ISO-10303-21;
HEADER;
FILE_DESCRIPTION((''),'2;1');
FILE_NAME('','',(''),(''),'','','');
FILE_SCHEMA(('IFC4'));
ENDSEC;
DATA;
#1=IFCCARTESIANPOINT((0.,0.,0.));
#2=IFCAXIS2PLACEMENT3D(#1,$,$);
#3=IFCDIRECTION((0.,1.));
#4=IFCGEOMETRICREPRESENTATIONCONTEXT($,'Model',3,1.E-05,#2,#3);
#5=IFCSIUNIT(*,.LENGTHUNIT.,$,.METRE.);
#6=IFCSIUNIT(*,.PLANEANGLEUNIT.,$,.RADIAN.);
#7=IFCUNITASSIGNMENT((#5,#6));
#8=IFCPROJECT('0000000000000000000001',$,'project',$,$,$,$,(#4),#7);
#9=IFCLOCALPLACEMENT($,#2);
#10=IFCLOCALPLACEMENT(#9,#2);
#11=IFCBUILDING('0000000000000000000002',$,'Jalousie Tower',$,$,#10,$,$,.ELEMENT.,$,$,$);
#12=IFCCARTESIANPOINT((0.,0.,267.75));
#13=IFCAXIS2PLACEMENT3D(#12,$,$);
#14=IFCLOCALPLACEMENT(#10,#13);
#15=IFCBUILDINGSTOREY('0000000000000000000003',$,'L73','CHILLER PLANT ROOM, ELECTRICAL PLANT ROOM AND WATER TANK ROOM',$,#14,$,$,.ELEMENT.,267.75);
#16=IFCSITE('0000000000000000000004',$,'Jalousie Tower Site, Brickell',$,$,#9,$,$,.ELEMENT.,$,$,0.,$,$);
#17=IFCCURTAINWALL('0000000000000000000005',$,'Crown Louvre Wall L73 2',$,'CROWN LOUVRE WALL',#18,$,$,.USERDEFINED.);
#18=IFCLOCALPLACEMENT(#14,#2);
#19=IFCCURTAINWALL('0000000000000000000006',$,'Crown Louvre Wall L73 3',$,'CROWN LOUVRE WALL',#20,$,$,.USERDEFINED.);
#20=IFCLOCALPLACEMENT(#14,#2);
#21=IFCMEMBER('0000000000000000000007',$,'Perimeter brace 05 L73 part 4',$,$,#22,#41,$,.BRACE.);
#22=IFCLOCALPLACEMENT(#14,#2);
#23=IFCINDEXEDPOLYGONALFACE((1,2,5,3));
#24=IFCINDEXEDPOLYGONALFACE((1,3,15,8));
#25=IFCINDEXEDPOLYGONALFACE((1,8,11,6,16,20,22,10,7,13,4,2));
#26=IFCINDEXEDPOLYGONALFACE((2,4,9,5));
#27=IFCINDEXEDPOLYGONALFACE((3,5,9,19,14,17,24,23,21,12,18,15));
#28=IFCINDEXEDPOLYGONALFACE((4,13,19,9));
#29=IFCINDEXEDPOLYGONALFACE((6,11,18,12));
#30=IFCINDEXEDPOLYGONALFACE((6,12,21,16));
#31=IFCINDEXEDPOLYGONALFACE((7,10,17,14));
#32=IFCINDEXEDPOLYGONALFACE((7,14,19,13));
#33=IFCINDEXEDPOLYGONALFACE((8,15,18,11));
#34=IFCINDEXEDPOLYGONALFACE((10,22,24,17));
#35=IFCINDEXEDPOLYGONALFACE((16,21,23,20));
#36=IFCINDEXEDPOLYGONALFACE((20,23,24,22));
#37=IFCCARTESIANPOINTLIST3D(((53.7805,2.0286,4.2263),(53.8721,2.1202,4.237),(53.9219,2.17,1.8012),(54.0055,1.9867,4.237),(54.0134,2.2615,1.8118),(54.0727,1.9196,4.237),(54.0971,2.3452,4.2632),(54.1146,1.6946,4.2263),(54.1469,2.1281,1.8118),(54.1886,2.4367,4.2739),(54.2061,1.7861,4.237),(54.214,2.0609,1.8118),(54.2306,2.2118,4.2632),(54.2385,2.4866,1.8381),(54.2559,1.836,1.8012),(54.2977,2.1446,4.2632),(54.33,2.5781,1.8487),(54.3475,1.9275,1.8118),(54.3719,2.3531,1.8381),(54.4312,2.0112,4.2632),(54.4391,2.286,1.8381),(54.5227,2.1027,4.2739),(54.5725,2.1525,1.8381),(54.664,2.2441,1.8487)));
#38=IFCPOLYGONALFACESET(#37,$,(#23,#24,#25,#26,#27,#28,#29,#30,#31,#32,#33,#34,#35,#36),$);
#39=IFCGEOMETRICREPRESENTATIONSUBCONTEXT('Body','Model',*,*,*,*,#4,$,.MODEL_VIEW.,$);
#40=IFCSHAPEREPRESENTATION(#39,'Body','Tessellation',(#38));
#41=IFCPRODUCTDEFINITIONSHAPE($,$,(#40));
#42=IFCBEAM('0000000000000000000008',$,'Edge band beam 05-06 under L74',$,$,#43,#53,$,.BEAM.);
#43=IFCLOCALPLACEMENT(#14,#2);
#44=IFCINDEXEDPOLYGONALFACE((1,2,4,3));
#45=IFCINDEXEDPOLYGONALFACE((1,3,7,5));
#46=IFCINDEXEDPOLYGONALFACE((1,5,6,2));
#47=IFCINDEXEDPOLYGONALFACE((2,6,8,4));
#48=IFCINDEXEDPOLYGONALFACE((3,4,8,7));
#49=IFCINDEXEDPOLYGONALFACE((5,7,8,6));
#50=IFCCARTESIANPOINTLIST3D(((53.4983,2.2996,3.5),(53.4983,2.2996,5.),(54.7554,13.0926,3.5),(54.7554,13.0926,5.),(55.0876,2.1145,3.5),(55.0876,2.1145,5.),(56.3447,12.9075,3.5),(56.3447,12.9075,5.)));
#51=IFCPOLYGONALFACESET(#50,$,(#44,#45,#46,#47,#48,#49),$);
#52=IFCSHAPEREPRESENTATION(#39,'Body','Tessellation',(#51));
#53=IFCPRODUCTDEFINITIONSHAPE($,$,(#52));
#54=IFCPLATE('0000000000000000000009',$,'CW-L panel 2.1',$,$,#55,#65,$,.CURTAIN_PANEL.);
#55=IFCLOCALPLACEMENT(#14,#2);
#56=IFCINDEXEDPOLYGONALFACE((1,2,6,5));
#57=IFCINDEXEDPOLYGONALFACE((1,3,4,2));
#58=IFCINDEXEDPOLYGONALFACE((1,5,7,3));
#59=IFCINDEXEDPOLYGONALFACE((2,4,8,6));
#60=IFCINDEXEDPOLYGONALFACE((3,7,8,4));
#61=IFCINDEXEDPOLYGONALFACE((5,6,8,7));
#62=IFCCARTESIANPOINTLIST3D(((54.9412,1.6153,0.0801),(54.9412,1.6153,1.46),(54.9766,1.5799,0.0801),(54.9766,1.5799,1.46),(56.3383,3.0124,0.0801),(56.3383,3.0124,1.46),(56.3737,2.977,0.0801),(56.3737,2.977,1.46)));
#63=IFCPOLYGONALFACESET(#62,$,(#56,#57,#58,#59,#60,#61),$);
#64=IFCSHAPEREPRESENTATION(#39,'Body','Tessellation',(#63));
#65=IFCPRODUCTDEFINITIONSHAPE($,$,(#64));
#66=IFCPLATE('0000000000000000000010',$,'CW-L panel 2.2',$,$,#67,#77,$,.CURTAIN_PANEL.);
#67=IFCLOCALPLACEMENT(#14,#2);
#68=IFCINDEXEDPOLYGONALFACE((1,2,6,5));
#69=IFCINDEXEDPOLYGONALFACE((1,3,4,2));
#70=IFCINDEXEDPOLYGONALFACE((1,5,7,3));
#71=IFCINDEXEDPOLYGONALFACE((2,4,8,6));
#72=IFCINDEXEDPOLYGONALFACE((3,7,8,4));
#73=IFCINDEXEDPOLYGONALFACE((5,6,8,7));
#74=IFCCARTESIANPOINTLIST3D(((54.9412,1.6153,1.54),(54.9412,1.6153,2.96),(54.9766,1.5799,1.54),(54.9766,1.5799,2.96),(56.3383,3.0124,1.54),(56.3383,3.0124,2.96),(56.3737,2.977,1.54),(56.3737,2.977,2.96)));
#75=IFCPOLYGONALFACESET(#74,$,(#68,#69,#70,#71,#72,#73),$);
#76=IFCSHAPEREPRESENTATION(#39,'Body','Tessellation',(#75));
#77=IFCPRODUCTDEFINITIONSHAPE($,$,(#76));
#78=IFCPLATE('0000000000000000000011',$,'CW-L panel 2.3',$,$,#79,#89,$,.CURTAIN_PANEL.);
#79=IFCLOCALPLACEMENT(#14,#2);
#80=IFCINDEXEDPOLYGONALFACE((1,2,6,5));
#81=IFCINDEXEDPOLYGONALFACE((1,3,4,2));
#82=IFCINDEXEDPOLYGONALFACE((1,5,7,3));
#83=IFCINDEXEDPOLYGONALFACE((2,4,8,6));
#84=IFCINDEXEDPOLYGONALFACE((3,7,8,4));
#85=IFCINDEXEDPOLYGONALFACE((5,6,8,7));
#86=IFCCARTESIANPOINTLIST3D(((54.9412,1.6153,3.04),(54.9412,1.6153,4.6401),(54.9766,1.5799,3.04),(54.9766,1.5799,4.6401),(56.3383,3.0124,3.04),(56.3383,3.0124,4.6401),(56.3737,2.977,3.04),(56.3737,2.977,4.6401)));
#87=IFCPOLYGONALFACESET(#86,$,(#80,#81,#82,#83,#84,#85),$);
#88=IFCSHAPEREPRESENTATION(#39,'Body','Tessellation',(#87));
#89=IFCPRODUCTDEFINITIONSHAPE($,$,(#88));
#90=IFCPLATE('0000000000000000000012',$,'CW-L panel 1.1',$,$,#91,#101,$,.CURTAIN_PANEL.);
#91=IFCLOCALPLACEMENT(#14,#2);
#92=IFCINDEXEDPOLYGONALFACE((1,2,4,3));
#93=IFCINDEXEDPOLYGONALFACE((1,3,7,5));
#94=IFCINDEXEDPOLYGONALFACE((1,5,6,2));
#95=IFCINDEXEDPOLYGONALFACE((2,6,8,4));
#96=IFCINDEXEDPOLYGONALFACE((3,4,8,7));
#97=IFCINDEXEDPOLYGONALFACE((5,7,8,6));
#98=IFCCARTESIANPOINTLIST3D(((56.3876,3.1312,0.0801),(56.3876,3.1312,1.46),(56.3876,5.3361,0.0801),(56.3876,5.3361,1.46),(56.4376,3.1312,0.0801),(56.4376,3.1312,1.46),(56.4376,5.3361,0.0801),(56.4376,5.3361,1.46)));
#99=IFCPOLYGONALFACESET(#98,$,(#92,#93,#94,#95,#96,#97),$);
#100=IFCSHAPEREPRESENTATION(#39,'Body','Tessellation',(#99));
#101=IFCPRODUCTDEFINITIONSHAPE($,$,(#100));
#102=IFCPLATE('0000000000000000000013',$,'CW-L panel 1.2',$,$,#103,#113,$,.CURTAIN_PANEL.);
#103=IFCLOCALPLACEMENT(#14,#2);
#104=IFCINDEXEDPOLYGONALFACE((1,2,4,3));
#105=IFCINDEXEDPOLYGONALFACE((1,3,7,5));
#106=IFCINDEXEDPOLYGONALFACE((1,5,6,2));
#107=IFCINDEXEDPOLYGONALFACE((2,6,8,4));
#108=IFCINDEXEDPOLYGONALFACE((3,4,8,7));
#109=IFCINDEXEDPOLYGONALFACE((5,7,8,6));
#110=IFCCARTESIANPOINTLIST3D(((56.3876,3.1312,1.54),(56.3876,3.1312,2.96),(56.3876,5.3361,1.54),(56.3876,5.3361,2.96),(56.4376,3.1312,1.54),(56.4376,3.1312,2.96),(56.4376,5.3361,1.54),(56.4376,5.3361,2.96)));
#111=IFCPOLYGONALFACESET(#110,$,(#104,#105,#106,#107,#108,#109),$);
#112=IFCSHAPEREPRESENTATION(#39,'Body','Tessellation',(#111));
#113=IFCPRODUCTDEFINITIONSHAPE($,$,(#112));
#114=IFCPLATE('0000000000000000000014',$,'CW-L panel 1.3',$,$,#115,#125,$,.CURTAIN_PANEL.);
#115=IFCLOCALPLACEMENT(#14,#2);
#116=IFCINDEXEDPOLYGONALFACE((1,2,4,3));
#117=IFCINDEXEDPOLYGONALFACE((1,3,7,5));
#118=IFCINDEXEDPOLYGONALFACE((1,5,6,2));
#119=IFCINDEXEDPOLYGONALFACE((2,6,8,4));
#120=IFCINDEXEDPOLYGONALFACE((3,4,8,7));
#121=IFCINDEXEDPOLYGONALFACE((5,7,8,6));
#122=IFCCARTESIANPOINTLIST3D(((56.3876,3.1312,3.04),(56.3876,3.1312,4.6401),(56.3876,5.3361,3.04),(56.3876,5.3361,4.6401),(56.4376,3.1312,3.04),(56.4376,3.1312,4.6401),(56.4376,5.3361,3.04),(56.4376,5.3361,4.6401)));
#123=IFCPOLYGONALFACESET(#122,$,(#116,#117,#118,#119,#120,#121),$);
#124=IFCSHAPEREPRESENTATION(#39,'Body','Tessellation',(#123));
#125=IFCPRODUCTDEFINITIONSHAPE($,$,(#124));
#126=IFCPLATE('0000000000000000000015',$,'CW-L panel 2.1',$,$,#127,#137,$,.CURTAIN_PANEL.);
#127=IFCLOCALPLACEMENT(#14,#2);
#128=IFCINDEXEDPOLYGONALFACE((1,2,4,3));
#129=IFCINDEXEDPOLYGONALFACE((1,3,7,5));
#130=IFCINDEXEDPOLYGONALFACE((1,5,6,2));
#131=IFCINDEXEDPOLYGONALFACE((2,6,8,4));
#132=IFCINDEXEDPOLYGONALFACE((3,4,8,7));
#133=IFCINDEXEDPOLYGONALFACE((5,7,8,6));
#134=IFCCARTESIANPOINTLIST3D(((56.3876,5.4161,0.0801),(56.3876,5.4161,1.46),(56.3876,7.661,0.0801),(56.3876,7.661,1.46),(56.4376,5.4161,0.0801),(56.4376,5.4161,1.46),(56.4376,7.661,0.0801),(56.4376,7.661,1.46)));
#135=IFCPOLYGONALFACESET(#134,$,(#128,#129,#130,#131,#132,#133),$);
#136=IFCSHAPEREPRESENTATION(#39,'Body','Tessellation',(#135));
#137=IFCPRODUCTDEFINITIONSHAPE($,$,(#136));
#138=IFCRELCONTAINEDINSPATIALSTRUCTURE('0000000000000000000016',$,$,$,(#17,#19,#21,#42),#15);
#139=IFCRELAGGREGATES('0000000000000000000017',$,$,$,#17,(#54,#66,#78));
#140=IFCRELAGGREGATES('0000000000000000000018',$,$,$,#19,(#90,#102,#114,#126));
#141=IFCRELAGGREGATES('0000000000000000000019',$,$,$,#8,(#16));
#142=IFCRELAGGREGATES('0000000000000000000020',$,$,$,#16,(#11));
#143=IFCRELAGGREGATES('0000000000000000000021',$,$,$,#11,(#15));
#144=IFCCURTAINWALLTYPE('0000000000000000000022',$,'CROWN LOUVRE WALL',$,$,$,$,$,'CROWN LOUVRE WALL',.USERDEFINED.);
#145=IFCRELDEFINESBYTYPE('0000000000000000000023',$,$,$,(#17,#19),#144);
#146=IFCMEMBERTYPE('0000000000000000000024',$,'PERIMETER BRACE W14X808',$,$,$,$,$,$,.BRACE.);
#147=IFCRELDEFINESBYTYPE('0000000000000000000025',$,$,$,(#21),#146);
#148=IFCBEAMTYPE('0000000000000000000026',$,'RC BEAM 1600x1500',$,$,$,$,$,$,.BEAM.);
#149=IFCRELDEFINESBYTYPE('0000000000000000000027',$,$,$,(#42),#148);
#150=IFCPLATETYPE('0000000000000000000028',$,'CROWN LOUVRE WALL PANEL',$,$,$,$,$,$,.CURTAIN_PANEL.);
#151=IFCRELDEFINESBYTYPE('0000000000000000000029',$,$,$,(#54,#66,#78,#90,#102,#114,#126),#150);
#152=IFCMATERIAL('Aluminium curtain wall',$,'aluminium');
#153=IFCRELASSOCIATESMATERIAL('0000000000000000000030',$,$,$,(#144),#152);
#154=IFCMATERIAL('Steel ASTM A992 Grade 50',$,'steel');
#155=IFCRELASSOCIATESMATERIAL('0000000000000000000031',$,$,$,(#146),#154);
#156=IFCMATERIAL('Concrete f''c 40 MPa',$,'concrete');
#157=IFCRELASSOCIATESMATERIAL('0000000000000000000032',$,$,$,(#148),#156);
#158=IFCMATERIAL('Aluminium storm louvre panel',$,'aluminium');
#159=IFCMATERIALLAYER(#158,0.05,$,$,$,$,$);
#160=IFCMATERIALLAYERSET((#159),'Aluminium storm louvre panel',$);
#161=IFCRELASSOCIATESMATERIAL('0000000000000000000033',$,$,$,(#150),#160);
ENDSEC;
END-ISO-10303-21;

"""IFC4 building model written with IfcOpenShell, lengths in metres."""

from ifc_helpers import new_model, si_unit, direction, frame, origin, origin_2d, place, context, subcontext, project, spatial, rectangle, i_section, extrude, material, layer, layer_set, material_profile, profile_set, type_object, element, aggregate, save


model = new_model("IFC4")

# Units and contexts
model_context = context("Model", 3, precision=1e-05, world=origin(), true_north=direction((0.0, 1.0)))
body_context = subcontext(model_context, "Body", "Model", "MODEL_VIEW")
ifc_project = project(units=[si_unit("LENGTHUNIT", "METRE"), si_unit("PLANEANGLEUNIT", "RADIAN")], contexts=[model_context])

# Site, building, storey
site_placement = place(None, origin())
site = spatial("IfcSite", under=ifc_project, at=site_placement, Name="Jalousie Tower Site, Brickell", CompositionType="ELEMENT", RefElevation=0.0)
building_placement = place(site_placement, origin())
building = spatial("IfcBuilding", under=site, at=building_placement, Name="Jalousie Tower", CompositionType="ELEMENT")
storey_placement = place(building_placement, frame((0.0, 0.0, 267.75)))
storey = spatial("IfcBuildingStorey", under=building, at=storey_placement, Name="L73", Description="CHILLER PLANT ROOM, ELECTRICAL PLANT ROOM AND WATER TANK ROOM", CompositionType="ELEMENT", Elevation=267.75)

# Curtain wall
ifc_material_1 = material(Name="Aluminium curtain wall", Category="aluminium")
curtain_wall_type = type_object("IfcCurtainWallType", Name="CROWN LOUVRE WALL", ElementType="CROWN LOUVRE WALL", PredefinedType="USERDEFINED", material=ifc_material_1)
curtain_wall_1_placement = place(storey_placement, origin())
curtain_wall_1 = element("IfcCurtainWall", 1, at=curtain_wall_1_placement, inside=storey, type_object=curtain_wall_type, Name="Crown Louvre Wall L73 2", ObjectType="CROWN LOUVRE WALL", PredefinedType="USERDEFINED")

# Curtain wall
curtain_wall_2_placement = place(storey_placement, origin())
curtain_wall_2 = element("IfcCurtainWall", 2, at=curtain_wall_2_placement, inside=storey, type_object=curtain_wall_type, Name="Crown Louvre Wall L73 3", ObjectType="CROWN LOUVRE WALL", PredefinedType="USERDEFINED")

# Member
ifc_material_2 = material(Name="Steel ASTM A992 Grade 50", Category="steel")
ifc_material_profile_1 = material_profile(ifc_material_2, i_section(OverallWidth=0.4724, OverallDepth=0.5791, WebThickness=0.095, FlangeThickness=0.1299, at=origin_2d()), Name="W14X808")
ifc_profile_set_1 = profile_set([ifc_material_profile_1], Name="Steel ASTM A992 Grade 50")
member_type_1 = type_object("IfcMemberType", Name="PERIMETER BRACE W14X808", PredefinedType="BRACE", material=ifc_profile_set_1)
for number, where, z_axis, x_axis, name in (
    (3, (54.293, 2.207, 1.825), (-0.058093, -0.058093, 0.996619), (0.707107, -0.707107, 0.0), "Perimeter brace 05 L73 part 4"),
):
    element("IfcMember", number, at=place(storey_placement, frame(where, z_axis=z_axis, x_axis=x_axis)), inside=storey, type_object=member_type_1, Name=name, PredefinedType="BRACE", context=body_context, shape_type="SweptSolid", body=[
        extrude(i_section(OverallWidth=0.4724, OverallDepth=0.5791, WebThickness=0.095, FlangeThickness=0.1299, at=origin_2d()), origin(), (0.0, 0.0, 1.0), 2.4333),
    ])

# Beam
ifc_material_3 = material(Name="Concrete f'c 40 MPa", Category="concrete")
ifc_material_profile_2 = material_profile(ifc_material_3, rectangle(XDim=1.6001, YDim=1.5, at=origin_2d()), Name="RC 1600x1500")
ifc_profile_set_2 = profile_set([ifc_material_profile_2], Name="Concrete f'c 40 MPa")
beam_type = type_object("IfcBeamType", Name="RC BEAM 1600x1500", PredefinedType="BEAM", material=ifc_profile_set_2)
beam_placement = place(storey_placement, frame((54.293, 2.207, 4.25), z_axis=(0.11569, 0.993285, 0.0), x_axis=(-0.993285, 0.11569, 0.0)))
element("IfcBeam", 4, at=beam_placement, inside=storey, type_object=beam_type, Name="Edge band beam 05-06 under L74", PredefinedType="BEAM", context=body_context, shape_type="SweptSolid", body=[
    extrude(rectangle(XDim=1.6001, YDim=1.5, at=origin_2d()), origin(), (0.0, 0.0, 1.0), 10.866),
])

# Plates
ifc_material_4 = material(Name="Aluminium storm louvre panel", Category="aluminium")
ifc_layer = layer(ifc_material_4, 0.05)
ifc_layer_set = layer_set([ifc_layer], Name="Aluminium storm louvre panel")
plate_type = type_object("IfcPlateType", Name="CROWN LOUVRE WALL PANEL", PredefinedType="CURTAIN_PANEL", material=ifc_layer_set)
plate_1_placement = place(storey_placement, frame((55.6575, 2.2961, 0.0801), z_axis=(0.0, 0.0, 1.0), x_axis=(0.707107, 0.707107, 0.0)))
plate_1 = element("IfcPlate", 5, at=plate_1_placement, type_object=plate_type, Name="CW-L panel 2.1", PredefinedType="CURTAIN_PANEL", context=body_context, shape_type="SweptSolid", body=[
    extrude(rectangle(XDim=1.9758, YDim=0.05, at=origin_2d()), origin(), (0.0, 0.0, 1.0), 1.3799),
])
plate_2_placement = place(storey_placement, frame((55.6575, 2.2961, 1.54), z_axis=(0.0, 0.0, 1.0), x_axis=(0.707107, 0.707107, 0.0)))
plate_2 = element("IfcPlate", 6, at=plate_2_placement, type_object=plate_type, Name="CW-L panel 2.2", PredefinedType="CURTAIN_PANEL", context=body_context, shape_type="SweptSolid", body=[
    extrude(rectangle(XDim=1.9758, YDim=0.05, at=origin_2d()), origin(), (0.0, 0.0, 1.0), 1.4199),
])
plate_3_placement = place(storey_placement, frame((55.6575, 2.2961, 3.04), z_axis=(0.0, 0.0, 1.0), x_axis=(0.707107, 0.707107, 0.0)))
plate_3 = element("IfcPlate", 7, at=plate_3_placement, type_object=plate_type, Name="CW-L panel 2.3", PredefinedType="CURTAIN_PANEL", context=body_context, shape_type="SweptSolid", body=[
    extrude(rectangle(XDim=1.9758, YDim=0.05, at=origin_2d()), origin(), (0.0, 0.0, 1.0), 1.6001),
])
aggregate(curtain_wall_1, [plate_1, plate_2, plate_3])
plate_4_placement = place(storey_placement, frame((56.4126, 4.2336, 0.0801), z_axis=(0.0, 0.0, 1.0), x_axis=(0.0, 1.0, 0.0)))
plate_4 = element("IfcPlate", 8, at=plate_4_placement, type_object=plate_type, Name="CW-L panel 1.1", PredefinedType="CURTAIN_PANEL", context=body_context, shape_type="SweptSolid", body=[
    extrude(rectangle(XDim=2.2048, YDim=0.05, at=origin_2d()), origin(), (0.0, 0.0, 1.0), 1.3799),
])
plate_5_placement = place(storey_placement, frame((56.4126, 4.2336, 1.54), z_axis=(0.0, 0.0, 1.0), x_axis=(0.0, 1.0, 0.0)))
plate_5 = element("IfcPlate", 9, at=plate_5_placement, type_object=plate_type, Name="CW-L panel 1.2", PredefinedType="CURTAIN_PANEL", context=body_context, shape_type="SweptSolid", body=[
    extrude(rectangle(XDim=2.2048, YDim=0.05, at=origin_2d()), origin(), (0.0, 0.0, 1.0), 1.4199),
])
plate_6_placement = place(storey_placement, frame((56.4126, 4.2336, 3.04), z_axis=(0.0, 0.0, 1.0), x_axis=(0.0, 1.0, 0.0)))
plate_6 = element("IfcPlate", 10, at=plate_6_placement, type_object=plate_type, Name="CW-L panel 1.3", PredefinedType="CURTAIN_PANEL", context=body_context, shape_type="SweptSolid", body=[
    extrude(rectangle(XDim=2.2048, YDim=0.05, at=origin_2d()), origin(), (0.0, 0.0, 1.0), 1.6001),
])
plate_7_placement = place(storey_placement, frame((56.4126, 6.5386, 0.0801), z_axis=(0.0, 0.0, 1.0), x_axis=(0.0, 1.0, 0.0)))
plate_7 = element("IfcPlate", 11, at=plate_7_placement, type_object=plate_type, Name="CW-L panel 2.1", PredefinedType="CURTAIN_PANEL", context=body_context, shape_type="SweptSolid", body=[
    extrude(rectangle(XDim=2.2449, YDim=0.05, at=origin_2d()), origin(), (0.0, 0.0, 1.0), 1.3799),
])
aggregate(curtain_wall_2, [plate_4, plate_5, plate_6, plate_7])

save(model, "model.ifc")
